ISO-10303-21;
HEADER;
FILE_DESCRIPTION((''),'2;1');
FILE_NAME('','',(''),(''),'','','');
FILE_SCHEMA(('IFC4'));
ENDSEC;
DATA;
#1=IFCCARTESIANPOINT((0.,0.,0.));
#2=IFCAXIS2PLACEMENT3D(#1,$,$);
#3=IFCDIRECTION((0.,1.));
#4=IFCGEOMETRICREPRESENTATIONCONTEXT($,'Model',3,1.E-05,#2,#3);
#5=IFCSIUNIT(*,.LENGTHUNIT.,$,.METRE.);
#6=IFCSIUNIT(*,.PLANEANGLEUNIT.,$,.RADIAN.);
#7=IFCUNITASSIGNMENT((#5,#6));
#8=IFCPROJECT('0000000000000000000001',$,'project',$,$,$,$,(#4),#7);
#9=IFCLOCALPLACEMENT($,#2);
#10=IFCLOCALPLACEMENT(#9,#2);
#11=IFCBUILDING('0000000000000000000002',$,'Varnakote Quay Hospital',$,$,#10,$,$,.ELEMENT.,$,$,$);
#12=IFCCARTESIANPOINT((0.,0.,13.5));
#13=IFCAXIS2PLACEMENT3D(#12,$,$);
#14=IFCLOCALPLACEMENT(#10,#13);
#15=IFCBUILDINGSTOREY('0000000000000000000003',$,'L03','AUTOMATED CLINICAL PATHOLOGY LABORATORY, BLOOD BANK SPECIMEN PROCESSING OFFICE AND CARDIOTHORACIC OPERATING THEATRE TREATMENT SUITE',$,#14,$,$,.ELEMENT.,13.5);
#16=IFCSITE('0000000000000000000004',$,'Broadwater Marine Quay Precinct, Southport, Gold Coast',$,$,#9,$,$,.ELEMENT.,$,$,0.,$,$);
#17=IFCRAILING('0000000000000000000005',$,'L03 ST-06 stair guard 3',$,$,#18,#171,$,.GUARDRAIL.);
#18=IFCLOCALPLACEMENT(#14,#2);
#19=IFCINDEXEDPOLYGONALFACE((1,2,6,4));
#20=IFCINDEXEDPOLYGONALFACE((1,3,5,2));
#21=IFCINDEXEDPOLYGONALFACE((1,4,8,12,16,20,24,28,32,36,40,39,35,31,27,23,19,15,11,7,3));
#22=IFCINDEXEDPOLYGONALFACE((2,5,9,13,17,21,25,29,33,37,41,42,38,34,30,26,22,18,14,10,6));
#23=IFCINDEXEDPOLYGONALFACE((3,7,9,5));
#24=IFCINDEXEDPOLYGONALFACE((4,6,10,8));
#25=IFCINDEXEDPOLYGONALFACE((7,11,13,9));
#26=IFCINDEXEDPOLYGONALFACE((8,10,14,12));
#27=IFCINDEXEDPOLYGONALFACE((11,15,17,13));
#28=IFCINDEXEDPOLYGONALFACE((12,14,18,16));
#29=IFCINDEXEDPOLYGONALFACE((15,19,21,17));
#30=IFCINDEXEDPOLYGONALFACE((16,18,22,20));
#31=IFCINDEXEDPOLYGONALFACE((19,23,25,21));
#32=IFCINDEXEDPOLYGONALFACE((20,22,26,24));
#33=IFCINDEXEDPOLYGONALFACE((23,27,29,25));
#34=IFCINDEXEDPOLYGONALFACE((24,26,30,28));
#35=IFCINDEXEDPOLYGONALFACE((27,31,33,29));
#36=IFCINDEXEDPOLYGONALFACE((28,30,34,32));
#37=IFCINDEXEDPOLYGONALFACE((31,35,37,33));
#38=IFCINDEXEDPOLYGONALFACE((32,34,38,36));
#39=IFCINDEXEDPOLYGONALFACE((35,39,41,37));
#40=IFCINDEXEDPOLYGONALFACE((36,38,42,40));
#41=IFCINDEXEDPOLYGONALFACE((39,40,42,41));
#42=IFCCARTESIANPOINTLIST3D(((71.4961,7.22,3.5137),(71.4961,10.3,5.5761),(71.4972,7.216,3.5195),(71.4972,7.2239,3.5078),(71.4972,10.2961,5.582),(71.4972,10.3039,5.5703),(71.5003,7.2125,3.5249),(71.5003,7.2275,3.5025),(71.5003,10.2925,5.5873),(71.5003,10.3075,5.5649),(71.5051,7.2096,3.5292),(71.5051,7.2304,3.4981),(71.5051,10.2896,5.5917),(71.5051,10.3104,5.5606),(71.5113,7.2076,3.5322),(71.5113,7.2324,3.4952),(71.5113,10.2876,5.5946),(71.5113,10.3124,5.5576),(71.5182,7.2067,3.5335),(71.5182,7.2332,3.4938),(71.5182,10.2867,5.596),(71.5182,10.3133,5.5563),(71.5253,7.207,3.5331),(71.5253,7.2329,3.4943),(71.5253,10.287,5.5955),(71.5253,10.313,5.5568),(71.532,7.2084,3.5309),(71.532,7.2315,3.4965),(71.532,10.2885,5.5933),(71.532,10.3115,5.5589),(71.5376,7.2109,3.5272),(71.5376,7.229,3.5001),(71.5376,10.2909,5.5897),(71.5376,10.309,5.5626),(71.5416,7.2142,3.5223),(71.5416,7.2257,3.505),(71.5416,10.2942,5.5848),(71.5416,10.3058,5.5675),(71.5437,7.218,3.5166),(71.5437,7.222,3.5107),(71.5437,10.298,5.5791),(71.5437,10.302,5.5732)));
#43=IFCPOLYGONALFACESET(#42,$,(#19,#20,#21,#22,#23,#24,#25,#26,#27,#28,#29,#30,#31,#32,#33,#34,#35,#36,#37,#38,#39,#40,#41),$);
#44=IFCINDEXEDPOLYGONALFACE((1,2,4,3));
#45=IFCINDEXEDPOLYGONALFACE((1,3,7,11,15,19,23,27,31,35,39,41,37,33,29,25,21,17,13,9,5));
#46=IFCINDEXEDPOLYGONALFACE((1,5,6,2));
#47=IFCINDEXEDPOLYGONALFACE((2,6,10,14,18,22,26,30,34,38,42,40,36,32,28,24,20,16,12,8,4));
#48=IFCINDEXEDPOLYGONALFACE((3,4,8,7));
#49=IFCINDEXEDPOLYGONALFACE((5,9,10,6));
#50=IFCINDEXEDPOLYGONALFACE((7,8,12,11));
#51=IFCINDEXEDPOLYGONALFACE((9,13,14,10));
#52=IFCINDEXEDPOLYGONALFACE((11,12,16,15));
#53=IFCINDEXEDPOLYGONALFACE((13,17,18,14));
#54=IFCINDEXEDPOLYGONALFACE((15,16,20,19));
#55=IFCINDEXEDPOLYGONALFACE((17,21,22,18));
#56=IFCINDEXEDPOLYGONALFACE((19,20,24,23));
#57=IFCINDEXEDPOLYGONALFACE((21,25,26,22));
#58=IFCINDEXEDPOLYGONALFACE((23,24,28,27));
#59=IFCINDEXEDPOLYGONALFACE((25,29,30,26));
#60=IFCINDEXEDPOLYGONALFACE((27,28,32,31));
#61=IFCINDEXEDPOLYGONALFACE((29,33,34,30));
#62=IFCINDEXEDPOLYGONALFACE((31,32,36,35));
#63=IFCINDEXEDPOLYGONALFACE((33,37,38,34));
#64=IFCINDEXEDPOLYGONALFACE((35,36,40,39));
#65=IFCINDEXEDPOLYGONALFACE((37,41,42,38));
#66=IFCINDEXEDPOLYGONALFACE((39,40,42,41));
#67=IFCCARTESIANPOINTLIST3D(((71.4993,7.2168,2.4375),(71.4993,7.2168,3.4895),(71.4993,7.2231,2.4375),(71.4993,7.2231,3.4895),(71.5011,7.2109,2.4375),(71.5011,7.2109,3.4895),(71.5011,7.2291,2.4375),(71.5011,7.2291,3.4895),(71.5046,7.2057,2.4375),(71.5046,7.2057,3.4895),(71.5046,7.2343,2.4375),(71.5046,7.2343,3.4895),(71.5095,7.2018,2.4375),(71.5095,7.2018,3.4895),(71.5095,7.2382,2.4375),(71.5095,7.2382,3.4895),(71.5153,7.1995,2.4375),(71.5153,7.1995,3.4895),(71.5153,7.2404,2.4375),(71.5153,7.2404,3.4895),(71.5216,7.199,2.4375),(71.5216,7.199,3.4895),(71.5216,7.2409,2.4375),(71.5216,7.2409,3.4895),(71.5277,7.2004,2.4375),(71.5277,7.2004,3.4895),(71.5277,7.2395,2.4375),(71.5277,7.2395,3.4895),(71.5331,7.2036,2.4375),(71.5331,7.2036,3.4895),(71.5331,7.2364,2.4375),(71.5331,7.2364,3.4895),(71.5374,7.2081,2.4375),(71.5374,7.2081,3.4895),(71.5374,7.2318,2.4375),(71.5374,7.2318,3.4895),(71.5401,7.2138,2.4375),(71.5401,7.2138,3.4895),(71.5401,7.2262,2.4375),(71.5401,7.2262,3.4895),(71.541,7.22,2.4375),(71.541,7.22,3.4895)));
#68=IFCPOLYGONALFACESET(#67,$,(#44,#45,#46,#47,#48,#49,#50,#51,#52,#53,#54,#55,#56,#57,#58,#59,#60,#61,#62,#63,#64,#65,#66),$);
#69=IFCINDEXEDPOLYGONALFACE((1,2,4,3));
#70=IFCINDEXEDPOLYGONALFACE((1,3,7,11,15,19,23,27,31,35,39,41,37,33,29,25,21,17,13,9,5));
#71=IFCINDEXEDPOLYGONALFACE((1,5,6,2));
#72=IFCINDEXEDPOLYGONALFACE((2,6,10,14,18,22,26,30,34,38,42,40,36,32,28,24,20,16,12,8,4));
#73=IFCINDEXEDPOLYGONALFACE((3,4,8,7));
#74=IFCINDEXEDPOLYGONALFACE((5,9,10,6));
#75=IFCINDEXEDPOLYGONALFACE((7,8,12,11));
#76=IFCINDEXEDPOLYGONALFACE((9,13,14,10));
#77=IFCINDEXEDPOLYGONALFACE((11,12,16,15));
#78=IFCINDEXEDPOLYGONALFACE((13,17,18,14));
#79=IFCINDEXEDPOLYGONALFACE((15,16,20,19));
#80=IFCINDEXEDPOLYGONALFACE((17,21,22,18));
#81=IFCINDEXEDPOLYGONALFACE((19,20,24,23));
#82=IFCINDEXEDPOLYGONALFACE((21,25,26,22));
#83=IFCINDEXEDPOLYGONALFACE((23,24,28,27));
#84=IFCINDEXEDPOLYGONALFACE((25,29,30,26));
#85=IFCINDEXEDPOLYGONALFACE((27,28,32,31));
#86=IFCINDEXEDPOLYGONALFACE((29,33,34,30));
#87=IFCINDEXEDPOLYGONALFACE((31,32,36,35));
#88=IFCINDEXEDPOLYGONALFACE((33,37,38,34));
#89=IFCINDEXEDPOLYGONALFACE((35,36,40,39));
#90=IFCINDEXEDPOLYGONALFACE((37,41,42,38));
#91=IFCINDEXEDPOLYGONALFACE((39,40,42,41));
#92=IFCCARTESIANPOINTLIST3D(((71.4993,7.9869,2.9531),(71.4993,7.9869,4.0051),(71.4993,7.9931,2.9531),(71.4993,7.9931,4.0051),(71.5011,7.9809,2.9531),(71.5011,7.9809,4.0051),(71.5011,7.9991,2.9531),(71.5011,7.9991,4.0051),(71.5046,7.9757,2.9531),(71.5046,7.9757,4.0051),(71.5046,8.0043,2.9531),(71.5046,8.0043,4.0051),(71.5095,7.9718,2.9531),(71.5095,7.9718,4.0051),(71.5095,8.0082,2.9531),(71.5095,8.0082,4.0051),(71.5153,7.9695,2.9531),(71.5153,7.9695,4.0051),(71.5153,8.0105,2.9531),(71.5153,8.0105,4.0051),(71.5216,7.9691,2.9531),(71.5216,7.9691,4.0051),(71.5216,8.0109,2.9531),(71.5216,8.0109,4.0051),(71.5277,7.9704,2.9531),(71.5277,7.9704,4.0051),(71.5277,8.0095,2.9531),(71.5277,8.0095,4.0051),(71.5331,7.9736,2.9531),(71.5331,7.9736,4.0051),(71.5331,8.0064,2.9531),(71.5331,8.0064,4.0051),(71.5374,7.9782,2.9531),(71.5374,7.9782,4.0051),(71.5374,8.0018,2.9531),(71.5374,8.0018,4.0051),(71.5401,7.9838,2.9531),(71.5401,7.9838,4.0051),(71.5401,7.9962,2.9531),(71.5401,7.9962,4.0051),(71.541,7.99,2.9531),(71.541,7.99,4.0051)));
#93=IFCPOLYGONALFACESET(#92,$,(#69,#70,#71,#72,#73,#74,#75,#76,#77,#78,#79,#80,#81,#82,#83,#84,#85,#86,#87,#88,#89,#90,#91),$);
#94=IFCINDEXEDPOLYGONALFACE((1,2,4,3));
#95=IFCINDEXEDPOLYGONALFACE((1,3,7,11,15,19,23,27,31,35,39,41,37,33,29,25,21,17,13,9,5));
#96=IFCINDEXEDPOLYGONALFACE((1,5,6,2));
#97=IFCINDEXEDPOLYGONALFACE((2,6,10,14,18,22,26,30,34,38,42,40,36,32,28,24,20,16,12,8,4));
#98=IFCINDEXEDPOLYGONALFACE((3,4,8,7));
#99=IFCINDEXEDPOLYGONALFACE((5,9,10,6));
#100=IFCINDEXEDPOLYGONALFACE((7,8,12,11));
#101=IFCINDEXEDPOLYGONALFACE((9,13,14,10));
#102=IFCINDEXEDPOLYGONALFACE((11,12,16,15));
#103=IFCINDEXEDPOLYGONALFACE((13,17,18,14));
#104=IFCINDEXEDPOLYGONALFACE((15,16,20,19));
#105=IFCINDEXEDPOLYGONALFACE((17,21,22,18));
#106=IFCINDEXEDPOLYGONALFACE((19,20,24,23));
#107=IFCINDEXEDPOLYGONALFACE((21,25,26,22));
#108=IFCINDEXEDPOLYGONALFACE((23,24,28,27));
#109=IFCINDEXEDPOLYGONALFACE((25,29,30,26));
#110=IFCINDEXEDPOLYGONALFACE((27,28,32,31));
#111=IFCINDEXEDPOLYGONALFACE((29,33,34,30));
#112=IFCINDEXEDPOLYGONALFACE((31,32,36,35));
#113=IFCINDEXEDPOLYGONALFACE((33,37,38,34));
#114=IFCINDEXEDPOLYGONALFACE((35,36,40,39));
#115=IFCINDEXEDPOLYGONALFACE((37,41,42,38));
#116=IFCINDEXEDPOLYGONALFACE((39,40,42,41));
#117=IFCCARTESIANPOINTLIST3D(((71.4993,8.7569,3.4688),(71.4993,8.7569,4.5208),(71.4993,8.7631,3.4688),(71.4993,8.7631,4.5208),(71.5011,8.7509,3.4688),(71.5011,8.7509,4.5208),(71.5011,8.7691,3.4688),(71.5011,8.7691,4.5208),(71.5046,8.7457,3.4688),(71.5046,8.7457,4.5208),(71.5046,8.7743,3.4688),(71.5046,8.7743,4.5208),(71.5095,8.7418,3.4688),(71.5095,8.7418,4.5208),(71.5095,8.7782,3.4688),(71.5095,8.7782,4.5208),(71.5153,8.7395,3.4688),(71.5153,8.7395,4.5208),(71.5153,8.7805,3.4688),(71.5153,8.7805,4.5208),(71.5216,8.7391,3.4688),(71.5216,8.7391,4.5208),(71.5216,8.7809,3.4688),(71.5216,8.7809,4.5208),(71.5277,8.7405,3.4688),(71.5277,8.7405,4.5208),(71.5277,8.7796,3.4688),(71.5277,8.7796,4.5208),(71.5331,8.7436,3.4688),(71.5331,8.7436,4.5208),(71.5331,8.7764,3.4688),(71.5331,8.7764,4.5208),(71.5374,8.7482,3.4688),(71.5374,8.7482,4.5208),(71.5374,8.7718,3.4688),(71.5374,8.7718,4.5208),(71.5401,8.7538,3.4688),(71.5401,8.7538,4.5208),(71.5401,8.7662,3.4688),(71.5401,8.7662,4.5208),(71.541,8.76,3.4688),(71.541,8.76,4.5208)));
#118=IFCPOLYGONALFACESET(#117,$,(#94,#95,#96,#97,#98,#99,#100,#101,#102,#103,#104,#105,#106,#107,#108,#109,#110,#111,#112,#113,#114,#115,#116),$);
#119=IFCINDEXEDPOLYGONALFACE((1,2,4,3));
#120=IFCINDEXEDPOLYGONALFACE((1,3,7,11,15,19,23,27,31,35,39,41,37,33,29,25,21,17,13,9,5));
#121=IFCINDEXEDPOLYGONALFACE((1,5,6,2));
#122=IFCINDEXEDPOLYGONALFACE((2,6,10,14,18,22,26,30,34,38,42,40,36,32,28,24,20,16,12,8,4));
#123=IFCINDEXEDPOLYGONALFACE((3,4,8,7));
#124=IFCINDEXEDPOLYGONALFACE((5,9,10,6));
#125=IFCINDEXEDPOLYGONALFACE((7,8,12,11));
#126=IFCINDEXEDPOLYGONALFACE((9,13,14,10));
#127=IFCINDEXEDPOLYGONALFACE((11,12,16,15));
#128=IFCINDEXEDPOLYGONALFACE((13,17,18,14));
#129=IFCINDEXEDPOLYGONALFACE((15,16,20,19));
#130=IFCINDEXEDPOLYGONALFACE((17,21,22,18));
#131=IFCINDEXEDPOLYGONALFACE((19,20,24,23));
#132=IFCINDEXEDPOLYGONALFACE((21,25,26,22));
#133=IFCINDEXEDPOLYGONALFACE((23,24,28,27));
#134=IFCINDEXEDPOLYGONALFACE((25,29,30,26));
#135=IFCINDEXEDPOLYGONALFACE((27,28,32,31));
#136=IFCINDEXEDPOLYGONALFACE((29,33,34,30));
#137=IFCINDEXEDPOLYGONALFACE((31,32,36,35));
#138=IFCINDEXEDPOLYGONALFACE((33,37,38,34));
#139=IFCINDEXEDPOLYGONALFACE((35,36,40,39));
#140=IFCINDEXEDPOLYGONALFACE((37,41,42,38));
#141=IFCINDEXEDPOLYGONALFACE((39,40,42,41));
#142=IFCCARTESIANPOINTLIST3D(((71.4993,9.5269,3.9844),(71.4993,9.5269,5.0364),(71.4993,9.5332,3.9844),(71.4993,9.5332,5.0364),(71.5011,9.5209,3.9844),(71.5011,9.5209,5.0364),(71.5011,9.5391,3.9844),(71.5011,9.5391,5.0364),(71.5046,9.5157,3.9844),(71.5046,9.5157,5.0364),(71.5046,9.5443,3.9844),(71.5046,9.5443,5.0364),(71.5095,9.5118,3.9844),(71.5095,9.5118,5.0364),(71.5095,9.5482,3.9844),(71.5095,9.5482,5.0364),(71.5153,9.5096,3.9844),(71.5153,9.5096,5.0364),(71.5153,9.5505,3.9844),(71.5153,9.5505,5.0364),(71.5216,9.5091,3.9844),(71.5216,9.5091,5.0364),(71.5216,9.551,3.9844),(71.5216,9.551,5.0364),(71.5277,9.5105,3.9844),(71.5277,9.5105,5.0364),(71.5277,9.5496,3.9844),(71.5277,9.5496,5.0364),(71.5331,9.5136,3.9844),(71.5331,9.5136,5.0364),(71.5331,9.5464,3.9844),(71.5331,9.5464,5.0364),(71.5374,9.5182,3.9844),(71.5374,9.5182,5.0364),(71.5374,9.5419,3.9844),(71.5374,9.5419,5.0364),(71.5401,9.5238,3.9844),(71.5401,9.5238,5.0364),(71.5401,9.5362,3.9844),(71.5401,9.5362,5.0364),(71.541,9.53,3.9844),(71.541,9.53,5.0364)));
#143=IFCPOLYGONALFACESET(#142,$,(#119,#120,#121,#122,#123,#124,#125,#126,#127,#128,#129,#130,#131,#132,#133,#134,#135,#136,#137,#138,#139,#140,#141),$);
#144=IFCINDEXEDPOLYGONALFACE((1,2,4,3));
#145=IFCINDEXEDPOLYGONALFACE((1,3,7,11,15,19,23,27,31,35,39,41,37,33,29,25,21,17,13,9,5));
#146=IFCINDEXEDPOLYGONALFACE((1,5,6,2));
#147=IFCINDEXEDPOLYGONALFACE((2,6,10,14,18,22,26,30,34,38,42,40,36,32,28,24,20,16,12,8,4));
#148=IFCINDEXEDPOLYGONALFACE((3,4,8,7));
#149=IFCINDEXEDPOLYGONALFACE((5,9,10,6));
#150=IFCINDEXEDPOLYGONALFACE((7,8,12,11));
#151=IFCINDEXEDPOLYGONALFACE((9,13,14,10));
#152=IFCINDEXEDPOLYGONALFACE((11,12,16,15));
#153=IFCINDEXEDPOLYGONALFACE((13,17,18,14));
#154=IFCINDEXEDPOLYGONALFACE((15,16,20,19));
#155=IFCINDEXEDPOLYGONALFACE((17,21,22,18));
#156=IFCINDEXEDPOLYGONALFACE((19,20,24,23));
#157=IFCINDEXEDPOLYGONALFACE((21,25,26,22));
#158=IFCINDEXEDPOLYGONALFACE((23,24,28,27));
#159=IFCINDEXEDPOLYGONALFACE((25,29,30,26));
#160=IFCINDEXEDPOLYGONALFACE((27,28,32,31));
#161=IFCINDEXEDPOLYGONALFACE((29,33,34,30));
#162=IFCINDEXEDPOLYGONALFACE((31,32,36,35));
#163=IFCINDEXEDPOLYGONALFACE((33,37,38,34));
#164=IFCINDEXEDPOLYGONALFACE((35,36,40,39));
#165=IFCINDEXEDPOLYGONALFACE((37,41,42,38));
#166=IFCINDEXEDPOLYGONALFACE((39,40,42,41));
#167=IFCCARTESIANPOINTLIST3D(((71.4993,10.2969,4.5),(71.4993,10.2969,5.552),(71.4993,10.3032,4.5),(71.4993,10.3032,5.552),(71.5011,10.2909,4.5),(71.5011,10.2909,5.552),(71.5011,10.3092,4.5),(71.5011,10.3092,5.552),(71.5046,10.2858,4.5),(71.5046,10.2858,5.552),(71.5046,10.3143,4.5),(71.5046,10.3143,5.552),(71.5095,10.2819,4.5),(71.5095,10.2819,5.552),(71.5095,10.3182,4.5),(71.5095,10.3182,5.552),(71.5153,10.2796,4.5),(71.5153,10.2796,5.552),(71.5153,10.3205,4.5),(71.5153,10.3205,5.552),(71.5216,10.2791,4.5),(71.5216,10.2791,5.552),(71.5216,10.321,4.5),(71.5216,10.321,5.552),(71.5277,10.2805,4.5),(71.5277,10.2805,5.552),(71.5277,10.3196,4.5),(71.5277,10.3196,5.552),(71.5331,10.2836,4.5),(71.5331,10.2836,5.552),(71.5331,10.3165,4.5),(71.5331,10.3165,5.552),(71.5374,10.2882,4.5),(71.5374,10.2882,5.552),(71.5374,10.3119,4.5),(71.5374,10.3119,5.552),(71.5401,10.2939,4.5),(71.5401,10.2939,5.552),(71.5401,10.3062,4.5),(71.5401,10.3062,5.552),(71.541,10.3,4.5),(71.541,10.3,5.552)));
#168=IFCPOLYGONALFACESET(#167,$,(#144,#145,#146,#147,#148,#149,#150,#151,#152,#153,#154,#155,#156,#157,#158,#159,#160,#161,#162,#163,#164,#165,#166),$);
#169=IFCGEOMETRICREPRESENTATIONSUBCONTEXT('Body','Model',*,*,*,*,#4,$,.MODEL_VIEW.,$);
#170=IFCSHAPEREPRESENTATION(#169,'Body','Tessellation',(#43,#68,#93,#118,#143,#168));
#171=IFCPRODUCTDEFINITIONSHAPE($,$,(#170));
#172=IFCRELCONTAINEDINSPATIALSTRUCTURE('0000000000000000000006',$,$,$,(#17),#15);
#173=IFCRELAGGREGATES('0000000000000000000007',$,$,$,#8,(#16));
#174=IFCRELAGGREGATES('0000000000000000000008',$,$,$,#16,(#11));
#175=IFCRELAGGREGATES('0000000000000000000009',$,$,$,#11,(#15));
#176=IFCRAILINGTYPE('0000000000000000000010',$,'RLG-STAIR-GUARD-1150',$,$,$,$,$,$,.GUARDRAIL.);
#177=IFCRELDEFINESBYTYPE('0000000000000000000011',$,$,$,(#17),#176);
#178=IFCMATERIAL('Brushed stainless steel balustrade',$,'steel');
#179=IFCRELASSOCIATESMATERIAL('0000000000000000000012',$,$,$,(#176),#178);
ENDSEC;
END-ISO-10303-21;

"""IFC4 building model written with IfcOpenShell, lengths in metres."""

from ifc_helpers import new_model, si_unit, direction, frame, origin, origin_2d, place, context, subcontext, project, spatial, circle, extrude, material, type_object, element, save


model = new_model("IFC4")

# Units and contexts
model_context = context("Model", 3, precision=1e-05, world=origin(), true_north=direction((0.0, 1.0)))
body_context = subcontext(model_context, "Body", "Model", "MODEL_VIEW")
ifc_project = project(units=[si_unit("LENGTHUNIT", "METRE"), si_unit("PLANEANGLEUNIT", "RADIAN")], contexts=[model_context])

# Site, building, storey
site_placement = place(None, origin())
site = spatial("IfcSite", under=ifc_project, at=site_placement, Name="Broadwater Marine Quay Precinct, Southport, Gold Coast", CompositionType="ELEMENT", RefElevation=0.0)
building_placement = place(site_placement, origin())
building = spatial("IfcBuilding", under=site, at=building_placement, Name="Varnakote Quay Hospital", CompositionType="ELEMENT")
storey_placement = place(building_placement, frame((0.0, 0.0, 13.5)))
storey = spatial("IfcBuildingStorey", under=building, at=storey_placement, Name="L03", Description="AUTOMATED CLINICAL PATHOLOGY LABORATORY, BLOOD BANK SPECIMEN PROCESSING OFFICE AND CARDIOTHORACIC OPERATING THEATRE TREATMENT SUITE", CompositionType="ELEMENT", Elevation=13.5)

# Railing
ifc_material_1 = material(Name="Brushed stainless steel balustrade", Category="steel")
railing_type_1 = type_object("IfcRailingType", Name="RLG-STAIR-GUARD-1150", PredefinedType="GUARDRAIL", material=ifc_material_1)
railing_1_placement = place(storey_placement, frame((71.52, 7.22, 2.4375)))
element("IfcRailing", 1, at=railing_1_placement, inside=storey, type_object=railing_type_1, Name="L03 ST-06 stair guard 3", PredefinedType="GUARDRAIL", context=body_context, shape_type="SweptSolid", body=[
    extrude(circle(Radius=0.0239, at=origin_2d()), frame((0.0, 0.0, 1.0762), z_axis=(0.0, 0.830914, 0.556401), x_axis=(-1.0, 0.0, 0.0)), (0.0, 0.0, 1.0), 3.7068),
    extrude(circle(Radius=0.021, at=origin_2d()), origin(), (0.0, 0.0, 1.0), 1.052),
    extrude(circle(Radius=0.021, at=origin_2d()), frame((0.0, 0.77, 0.5156)), (0.0, 0.0, 1.0), 1.052),
    extrude(circle(Radius=0.021, at=origin_2d()), frame((0.0, 1.54, 1.0312)), (0.0, 0.0, 1.0), 1.052),
    extrude(circle(Radius=0.021, at=origin_2d()), frame((0.0, 2.3101, 1.5469)), (0.0, 0.0, 1.0), 1.052),
    extrude(circle(Radius=0.021, at=origin_2d()), frame((0.0, 3.0801, 2.0625)), (0.0, 0.0, 1.0), 1.052),
])

save(model, "model.ifc")
